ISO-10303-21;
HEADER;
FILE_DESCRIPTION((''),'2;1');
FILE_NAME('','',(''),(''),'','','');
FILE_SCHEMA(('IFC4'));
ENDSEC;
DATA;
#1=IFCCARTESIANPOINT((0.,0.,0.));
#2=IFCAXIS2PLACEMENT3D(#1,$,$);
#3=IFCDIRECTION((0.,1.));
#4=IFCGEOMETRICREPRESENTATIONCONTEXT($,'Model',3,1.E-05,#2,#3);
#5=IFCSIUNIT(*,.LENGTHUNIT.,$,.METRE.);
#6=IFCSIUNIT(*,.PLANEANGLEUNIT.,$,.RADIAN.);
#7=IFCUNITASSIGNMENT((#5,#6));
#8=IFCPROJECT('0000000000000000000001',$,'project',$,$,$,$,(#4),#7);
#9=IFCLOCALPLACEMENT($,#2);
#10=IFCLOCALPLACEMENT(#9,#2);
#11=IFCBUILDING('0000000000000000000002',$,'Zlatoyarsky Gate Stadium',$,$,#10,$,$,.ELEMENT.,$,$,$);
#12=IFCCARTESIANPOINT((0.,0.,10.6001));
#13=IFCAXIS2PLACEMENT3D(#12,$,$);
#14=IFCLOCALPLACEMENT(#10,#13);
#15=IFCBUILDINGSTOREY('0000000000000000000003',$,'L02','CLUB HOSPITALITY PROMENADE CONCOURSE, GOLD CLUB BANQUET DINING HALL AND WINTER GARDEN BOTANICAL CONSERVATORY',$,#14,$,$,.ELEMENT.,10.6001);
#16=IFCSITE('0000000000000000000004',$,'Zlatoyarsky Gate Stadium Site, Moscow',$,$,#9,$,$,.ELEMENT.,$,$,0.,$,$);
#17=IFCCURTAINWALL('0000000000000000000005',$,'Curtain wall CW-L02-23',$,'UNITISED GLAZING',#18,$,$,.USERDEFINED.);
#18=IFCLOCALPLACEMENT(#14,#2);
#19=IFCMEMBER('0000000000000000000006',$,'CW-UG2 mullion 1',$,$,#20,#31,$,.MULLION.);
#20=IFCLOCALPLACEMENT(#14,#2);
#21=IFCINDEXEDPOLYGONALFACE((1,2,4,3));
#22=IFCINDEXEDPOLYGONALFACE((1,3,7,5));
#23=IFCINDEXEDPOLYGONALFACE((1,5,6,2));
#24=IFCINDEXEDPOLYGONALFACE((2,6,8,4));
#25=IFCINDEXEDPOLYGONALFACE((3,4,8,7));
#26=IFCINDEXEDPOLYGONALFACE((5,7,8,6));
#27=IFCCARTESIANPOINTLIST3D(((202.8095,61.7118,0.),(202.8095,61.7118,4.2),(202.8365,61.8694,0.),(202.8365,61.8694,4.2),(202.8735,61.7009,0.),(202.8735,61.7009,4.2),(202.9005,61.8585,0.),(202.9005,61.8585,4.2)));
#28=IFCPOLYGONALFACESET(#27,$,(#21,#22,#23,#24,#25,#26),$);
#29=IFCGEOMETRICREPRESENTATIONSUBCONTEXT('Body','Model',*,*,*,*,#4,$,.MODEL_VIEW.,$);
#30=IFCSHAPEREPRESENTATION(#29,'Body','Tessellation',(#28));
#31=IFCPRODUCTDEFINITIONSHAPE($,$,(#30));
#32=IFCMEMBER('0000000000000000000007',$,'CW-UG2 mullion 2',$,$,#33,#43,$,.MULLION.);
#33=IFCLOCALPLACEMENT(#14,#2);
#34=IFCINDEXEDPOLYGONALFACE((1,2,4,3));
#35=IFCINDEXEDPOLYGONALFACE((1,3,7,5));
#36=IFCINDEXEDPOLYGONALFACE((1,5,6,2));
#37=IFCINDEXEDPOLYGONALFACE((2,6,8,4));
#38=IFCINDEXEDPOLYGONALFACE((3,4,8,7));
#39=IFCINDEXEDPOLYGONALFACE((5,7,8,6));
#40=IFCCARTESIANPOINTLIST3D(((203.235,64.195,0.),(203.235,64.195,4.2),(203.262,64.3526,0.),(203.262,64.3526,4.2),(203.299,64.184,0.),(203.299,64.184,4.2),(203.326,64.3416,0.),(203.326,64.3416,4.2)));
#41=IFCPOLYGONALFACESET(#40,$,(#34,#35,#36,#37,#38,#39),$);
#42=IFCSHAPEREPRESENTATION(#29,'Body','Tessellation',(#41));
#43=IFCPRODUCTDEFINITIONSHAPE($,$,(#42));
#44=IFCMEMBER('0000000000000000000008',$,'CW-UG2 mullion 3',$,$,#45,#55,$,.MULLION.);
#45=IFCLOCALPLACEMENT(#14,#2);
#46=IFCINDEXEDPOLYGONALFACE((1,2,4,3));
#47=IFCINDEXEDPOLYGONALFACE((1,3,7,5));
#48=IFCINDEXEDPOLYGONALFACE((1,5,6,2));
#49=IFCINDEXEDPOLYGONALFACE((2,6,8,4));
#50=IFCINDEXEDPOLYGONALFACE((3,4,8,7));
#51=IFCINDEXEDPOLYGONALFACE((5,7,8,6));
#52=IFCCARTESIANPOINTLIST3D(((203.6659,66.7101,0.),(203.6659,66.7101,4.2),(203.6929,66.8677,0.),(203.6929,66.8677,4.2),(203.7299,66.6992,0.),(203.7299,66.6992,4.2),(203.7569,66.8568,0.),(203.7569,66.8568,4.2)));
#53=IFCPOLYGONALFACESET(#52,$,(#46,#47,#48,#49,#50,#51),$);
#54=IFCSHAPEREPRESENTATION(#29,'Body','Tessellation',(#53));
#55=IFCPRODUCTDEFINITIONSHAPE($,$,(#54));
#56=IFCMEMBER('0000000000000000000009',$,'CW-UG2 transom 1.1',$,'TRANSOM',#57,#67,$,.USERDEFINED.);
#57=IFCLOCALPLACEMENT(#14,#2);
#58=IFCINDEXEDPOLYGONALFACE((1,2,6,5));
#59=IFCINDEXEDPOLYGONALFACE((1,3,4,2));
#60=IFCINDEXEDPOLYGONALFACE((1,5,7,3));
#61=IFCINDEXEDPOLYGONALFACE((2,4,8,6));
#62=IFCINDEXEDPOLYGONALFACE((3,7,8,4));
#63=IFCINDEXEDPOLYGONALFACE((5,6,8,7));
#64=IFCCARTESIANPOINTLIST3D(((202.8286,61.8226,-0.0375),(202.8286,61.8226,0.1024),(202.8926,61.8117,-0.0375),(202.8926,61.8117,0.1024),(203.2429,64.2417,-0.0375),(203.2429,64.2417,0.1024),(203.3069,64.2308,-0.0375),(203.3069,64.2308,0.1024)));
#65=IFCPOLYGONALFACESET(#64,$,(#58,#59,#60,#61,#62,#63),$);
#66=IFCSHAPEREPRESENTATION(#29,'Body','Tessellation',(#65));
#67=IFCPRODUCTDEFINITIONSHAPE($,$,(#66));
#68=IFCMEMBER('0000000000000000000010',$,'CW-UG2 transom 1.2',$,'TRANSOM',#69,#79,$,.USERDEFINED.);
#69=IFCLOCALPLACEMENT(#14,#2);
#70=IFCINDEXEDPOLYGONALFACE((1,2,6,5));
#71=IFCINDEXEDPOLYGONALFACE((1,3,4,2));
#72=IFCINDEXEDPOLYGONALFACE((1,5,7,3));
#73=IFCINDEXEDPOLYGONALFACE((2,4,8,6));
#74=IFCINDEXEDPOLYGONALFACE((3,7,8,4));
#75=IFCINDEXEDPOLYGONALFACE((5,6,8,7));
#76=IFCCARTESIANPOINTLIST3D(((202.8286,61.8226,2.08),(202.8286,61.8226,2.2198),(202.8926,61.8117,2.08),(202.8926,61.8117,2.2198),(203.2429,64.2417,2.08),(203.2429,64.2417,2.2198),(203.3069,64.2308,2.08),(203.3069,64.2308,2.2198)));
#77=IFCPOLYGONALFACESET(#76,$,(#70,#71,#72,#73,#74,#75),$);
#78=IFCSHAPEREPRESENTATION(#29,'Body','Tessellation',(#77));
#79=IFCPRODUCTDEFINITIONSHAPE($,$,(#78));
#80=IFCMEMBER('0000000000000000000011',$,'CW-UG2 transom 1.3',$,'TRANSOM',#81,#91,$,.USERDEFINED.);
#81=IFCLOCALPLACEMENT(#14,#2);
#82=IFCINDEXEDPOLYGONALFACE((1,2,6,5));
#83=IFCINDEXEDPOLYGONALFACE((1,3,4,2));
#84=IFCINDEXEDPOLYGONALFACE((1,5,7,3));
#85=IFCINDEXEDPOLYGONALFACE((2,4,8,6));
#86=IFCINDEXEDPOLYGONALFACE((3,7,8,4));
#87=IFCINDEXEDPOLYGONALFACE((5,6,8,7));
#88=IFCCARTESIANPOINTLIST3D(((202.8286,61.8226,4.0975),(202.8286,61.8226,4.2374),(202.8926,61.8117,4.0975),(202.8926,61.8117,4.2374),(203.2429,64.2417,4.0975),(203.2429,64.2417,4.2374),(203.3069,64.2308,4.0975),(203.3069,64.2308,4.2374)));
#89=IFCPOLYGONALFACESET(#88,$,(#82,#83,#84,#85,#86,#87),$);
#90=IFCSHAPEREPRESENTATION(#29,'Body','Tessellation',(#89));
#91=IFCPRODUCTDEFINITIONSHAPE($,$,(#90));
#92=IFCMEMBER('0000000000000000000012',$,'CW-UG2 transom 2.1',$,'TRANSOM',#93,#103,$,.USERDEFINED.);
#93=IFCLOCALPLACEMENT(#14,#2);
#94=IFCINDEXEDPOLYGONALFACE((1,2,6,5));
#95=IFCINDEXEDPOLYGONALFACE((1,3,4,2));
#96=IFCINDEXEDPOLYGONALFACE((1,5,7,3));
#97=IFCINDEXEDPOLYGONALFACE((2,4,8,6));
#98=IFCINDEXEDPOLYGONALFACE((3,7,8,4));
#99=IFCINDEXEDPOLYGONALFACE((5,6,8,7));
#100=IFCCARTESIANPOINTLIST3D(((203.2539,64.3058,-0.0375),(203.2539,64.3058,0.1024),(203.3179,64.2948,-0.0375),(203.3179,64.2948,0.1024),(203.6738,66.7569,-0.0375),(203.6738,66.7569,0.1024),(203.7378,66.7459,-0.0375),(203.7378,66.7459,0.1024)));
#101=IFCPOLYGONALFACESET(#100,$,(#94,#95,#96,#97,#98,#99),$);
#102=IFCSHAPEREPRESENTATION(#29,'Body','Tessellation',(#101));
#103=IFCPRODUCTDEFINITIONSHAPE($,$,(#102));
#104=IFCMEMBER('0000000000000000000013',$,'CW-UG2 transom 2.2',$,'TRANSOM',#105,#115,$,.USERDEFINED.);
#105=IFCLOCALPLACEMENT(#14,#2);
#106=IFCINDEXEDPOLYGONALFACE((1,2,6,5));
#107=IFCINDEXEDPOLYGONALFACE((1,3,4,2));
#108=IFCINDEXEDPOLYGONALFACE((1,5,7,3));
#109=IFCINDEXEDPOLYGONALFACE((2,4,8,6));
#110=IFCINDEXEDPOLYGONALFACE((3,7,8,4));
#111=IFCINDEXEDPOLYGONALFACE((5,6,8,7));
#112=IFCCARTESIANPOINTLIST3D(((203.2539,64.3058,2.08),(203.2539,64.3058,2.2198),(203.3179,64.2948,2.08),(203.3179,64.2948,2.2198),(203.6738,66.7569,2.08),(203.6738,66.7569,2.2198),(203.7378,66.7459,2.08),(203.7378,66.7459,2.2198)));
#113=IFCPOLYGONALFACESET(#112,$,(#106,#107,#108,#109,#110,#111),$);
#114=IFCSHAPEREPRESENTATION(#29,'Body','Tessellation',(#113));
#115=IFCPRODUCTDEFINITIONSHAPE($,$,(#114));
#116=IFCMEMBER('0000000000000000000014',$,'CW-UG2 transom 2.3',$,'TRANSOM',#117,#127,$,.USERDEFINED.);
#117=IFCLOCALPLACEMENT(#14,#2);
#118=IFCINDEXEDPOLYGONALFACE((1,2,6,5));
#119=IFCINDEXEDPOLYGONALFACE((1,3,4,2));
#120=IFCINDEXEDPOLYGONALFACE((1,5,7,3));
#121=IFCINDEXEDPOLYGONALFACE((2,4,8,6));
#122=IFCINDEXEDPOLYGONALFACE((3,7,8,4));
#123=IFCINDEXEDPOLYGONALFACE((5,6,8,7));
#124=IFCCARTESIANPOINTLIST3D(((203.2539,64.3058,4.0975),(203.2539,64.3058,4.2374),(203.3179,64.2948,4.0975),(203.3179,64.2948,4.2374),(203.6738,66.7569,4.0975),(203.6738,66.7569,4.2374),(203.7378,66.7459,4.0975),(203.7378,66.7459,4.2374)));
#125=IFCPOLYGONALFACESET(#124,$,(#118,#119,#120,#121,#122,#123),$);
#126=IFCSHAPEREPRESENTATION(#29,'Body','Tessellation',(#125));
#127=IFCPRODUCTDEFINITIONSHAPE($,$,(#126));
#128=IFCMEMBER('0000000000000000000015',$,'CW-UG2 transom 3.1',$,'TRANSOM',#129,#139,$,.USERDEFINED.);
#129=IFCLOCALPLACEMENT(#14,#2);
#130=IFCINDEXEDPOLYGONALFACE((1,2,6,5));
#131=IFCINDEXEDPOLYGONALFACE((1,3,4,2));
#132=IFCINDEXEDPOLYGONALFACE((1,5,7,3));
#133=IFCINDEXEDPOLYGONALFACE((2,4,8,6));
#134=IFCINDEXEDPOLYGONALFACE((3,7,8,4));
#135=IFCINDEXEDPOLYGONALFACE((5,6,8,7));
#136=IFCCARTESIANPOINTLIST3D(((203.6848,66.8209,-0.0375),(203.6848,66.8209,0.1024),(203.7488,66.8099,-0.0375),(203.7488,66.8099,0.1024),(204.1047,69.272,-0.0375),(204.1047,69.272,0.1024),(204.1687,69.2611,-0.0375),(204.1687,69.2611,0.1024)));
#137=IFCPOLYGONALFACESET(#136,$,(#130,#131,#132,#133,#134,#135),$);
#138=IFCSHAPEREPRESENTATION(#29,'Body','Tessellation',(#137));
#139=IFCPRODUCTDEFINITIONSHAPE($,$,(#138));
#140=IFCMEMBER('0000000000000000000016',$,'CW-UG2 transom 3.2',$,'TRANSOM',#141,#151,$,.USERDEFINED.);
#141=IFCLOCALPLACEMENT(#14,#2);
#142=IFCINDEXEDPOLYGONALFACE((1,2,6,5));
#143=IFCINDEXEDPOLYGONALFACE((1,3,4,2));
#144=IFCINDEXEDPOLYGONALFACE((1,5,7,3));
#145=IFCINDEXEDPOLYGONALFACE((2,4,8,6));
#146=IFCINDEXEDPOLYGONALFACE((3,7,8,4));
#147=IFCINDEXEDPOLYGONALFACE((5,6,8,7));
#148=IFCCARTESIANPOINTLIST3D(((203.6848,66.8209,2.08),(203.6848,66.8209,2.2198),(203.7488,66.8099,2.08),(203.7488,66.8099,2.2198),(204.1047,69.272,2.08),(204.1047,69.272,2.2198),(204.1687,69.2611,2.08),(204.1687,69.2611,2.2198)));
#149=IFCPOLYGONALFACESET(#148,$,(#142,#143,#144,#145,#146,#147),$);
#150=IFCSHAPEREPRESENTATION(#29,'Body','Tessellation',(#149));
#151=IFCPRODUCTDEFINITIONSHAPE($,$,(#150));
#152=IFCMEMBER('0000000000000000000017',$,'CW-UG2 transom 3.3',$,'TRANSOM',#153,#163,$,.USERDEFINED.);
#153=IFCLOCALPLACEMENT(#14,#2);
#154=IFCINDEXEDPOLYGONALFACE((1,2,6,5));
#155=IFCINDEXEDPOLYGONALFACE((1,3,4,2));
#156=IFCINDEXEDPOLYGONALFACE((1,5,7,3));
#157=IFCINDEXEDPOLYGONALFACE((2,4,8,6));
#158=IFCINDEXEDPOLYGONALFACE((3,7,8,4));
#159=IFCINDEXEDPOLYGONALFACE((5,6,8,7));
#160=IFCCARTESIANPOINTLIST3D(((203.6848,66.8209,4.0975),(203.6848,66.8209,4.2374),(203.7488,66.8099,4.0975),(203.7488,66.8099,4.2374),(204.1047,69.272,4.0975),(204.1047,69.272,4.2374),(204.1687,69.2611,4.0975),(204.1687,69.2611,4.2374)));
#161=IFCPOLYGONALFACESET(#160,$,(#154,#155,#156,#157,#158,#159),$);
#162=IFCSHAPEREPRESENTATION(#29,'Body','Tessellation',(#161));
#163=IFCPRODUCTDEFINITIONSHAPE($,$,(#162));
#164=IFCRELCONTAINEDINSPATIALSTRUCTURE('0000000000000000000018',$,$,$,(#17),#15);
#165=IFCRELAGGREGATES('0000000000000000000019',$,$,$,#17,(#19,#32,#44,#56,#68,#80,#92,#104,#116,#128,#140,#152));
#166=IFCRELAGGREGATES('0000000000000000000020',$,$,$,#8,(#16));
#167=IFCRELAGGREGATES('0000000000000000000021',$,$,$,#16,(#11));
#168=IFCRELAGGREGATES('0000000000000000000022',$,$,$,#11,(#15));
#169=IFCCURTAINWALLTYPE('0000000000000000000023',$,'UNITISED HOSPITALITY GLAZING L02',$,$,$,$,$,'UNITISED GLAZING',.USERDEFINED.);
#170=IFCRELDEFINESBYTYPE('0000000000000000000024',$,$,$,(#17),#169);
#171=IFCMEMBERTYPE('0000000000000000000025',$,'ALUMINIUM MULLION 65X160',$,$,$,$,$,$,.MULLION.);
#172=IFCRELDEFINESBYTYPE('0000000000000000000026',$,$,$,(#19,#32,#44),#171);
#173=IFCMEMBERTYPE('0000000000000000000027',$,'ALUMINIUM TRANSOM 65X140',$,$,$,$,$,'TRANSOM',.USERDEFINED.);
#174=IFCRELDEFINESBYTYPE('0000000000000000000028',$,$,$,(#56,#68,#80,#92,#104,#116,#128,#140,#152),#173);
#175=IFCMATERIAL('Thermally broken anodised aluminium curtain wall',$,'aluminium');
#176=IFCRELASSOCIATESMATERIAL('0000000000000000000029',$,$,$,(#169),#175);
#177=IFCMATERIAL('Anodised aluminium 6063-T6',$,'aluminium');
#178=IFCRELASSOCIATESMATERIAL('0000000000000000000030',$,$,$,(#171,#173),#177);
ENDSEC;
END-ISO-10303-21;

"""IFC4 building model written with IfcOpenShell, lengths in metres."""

from ifc_helpers import new_model, si_unit, direction, frame, origin, origin_2d, place, context, subcontext, project, spatial, rectangle, extrude, material, material_profile, profile_set, type_object, element, aggregate, save


model = new_model("IFC4")

# Units and contexts
model_context = context("Model", 3, precision=1e-05, world=origin(), true_north=direction((0.0, 1.0)))
body_context = subcontext(model_context, "Body", "Model", "MODEL_VIEW")
ifc_project = project(units=[si_unit("LENGTHUNIT", "METRE"), si_unit("PLANEANGLEUNIT", "RADIAN")], contexts=[model_context])

# Site, building, storey
site_placement = place(None, origin())
site = spatial("IfcSite", under=ifc_project, at=site_placement, Name="Zlatoyarsky Gate Stadium Site, Moscow", CompositionType="ELEMENT", RefElevation=0.0)
building_placement = place(site_placement, origin())
building = spatial("IfcBuilding", under=site, at=building_placement, Name="Zlatoyarsky Gate Stadium", CompositionType="ELEMENT")
storey_placement = place(building_placement, frame((0.0, 0.0, 10.6001)))
storey = spatial("IfcBuildingStorey", under=building, at=storey_placement, Name="L02", Description="CLUB HOSPITALITY PROMENADE CONCOURSE, GOLD CLUB BANQUET DINING HALL AND WINTER GARDEN BOTANICAL CONSERVATORY", CompositionType="ELEMENT", Elevation=10.6001)

# Curtain wall, members
ifc_material_1 = material(Name="Thermally broken anodised aluminium curtain wall", Category="aluminium")
curtain_wall_type = type_object("IfcCurtainWallType", Name="UNITISED HOSPITALITY GLAZING L02", ElementType="UNITISED GLAZING", PredefinedType="USERDEFINED", material=ifc_material_1)
curtain_wall_placement = place(storey_placement, origin())
curtain_wall = element("IfcCurtainWall", 1, at=curtain_wall_placement, inside=storey, type_object=curtain_wall_type, Name="Curtain wall CW-L02-23", ObjectType="UNITISED GLAZING", PredefinedType="USERDEFINED")
ifc_material_2 = material(Name="Anodised aluminium 6063-T6", Category="aluminium")
ifc_material_profile_1 = material_profile(ifc_material_2, rectangle(XDim=0.0649, YDim=0.1599, at=origin_2d()), Name="ALU 65X160")
ifc_profile_set_1 = profile_set([ifc_material_profile_1], Name="Anodised aluminium 6063-T6")
member_type_1 = type_object("IfcMemberType", Name="ALUMINIUM MULLION 65X160", PredefinedType="MULLION", material=ifc_profile_set_1)
member_1_placement = place(storey_placement, frame((202.855, 61.7852, 0.0), z_axis=(0.0, 0.0, 1.0), x_axis=(-0.985637, 0.168876, 0.0)))
member_1 = element("IfcMember", 2, at=member_1_placement, type_object=member_type_1, Name="CW-UG2 mullion 1", PredefinedType="MULLION", context=body_context, shape_type="SweptSolid", body=[
    extrude(rectangle(XDim=0.0649, YDim=0.1599, at=origin_2d()), origin(), (0.0, 0.0, 1.0), 4.2),
])
member_2_placement = place(storey_placement, frame((203.2805, 64.2683, 0.0), z_axis=(0.0, 0.0, 1.0), x_axis=(-0.985637, 0.168876, 0.0)))
member_2 = element("IfcMember", 3, at=member_2_placement, type_object=member_type_1, Name="CW-UG2 mullion 2", PredefinedType="MULLION", context=body_context, shape_type="SweptSolid", body=[
    extrude(rectangle(XDim=0.0649, YDim=0.1599, at=origin_2d()), origin(), (0.0, 0.0, 1.0), 4.2),
])
member_3_placement = place(storey_placement, frame((203.7114, 66.7834, 0.0), z_axis=(0.0, 0.0, 1.0), x_axis=(-0.985637, 0.168876, 0.0)))
member_3 = element("IfcMember", 4, at=member_3_placement, type_object=member_type_1, Name="CW-UG2 mullion 3", PredefinedType="MULLION", context=body_context, shape_type="SweptSolid", body=[
    extrude(rectangle(XDim=0.0649, YDim=0.1599, at=origin_2d()), origin(), (0.0, 0.0, 1.0), 4.2),
])
ifc_material_profile_2 = material_profile(ifc_material_2, rectangle(XDim=0.0649, YDim=0.1399, at=origin_2d()), Name="ALU 65X140")
ifc_profile_set_2 = profile_set([ifc_material_profile_2], Name="Anodised aluminium 6063-T6")
member_type_2 = type_object("IfcMemberType", Name="ALUMINIUM TRANSOM 65X140", ElementType="TRANSOM", PredefinedType="USERDEFINED", material=ifc_profile_set_2)
member_4_placement = place(storey_placement, frame((202.8606, 61.8171, 0.0325), z_axis=(0.168801, 0.98565, 0.0), x_axis=(-0.98565, 0.168801, 0.0)))
member_4 = element("IfcMember", 5, at=member_4_placement, type_object=member_type_2, Name="CW-UG2 transom 1.1", ObjectType="TRANSOM", PredefinedType="USERDEFINED", context=body_context, shape_type="SweptSolid", body=[
    extrude(rectangle(XDim=0.0649, YDim=0.1399, at=origin_2d()), origin(), (0.0, 0.0, 1.0), 2.4543),
])
member_5_placement = place(storey_placement, frame((202.8606, 61.8171, 2.1499), z_axis=(0.168801, 0.98565, 0.0), x_axis=(-0.98565, 0.168801, 0.0)))
member_5 = element("IfcMember", 6, at=member_5_placement, type_object=member_type_2, Name="CW-UG2 transom 1.2", ObjectType="TRANSOM", PredefinedType="USERDEFINED", context=body_context, shape_type="SweptSolid", body=[
    extrude(rectangle(XDim=0.0649, YDim=0.1399, at=origin_2d()), origin(), (0.0, 0.0, 1.0), 2.4543),
])
member_6_placement = place(storey_placement, frame((202.8606, 61.8171, 4.1675), z_axis=(0.168801, 0.98565, 0.0), x_axis=(-0.98565, 0.168801, 0.0)))
member_6 = element("IfcMember", 7, at=member_6_placement, type_object=member_type_2, Name="CW-UG2 transom 1.3", ObjectType="TRANSOM", PredefinedType="USERDEFINED", context=body_context, shape_type="SweptSolid", body=[
    extrude(rectangle(XDim=0.0649, YDim=0.1399, at=origin_2d()), origin(), (0.0, 0.0, 1.0), 2.4543),
])
member_7_placement = place(storey_placement, frame((203.2859, 64.3003, 0.0325), z_axis=(0.168855, 0.985641, 0.0), x_axis=(-0.985641, 0.168855, 0.0)))
member_7 = element("IfcMember", 8, at=member_7_placement, type_object=member_type_2, Name="CW-UG2 transom 2.1", ObjectType="TRANSOM", PredefinedType="USERDEFINED", context=body_context, shape_type="SweptSolid", body=[
    extrude(rectangle(XDim=0.0649, YDim=0.1399, at=origin_2d()), origin(), (0.0, 0.0, 1.0), 2.4868),
])
member_8_placement = place(storey_placement, frame((203.2859, 64.3003, 2.1499), z_axis=(0.168855, 0.985641, 0.0), x_axis=(-0.985641, 0.168855, 0.0)))
member_8 = element("IfcMember", 9, at=member_8_placement, type_object=member_type_2, Name="CW-UG2 transom 2.2", ObjectType="TRANSOM", PredefinedType="USERDEFINED", context=body_context, shape_type="SweptSolid", body=[
    extrude(rectangle(XDim=0.0649, YDim=0.1399, at=origin_2d()), origin(), (0.0, 0.0, 1.0), 2.4868),
])
member_9_placement = place(storey_placement, frame((203.2859, 64.3003, 4.1675), z_axis=(0.168855, 0.985641, 0.0), x_axis=(-0.985641, 0.168855, 0.0)))
member_9 = element("IfcMember", 10, at=member_9_placement, type_object=member_type_2, Name="CW-UG2 transom 2.3", ObjectType="TRANSOM", PredefinedType="USERDEFINED", context=body_context, shape_type="SweptSolid", body=[
    extrude(rectangle(XDim=0.0649, YDim=0.1399, at=origin_2d()), origin(), (0.0, 0.0, 1.0), 2.4868),
])
member_10_placement = place(storey_placement, frame((203.7168, 66.8154, 0.0325), z_axis=(0.168855, 0.985641, 0.0), x_axis=(-0.985641, 0.168855, 0.0)))
member_10 = element("IfcMember", 11, at=member_10_placement, type_object=member_type_2, Name="CW-UG2 transom 3.1", ObjectType="TRANSOM", PredefinedType="USERDEFINED", context=body_context, shape_type="SweptSolid", body=[
    extrude(rectangle(XDim=0.0649, YDim=0.1399, at=origin_2d()), origin(), (0.0, 0.0, 1.0), 2.4868),
])
member_11_placement = place(storey_placement, frame((203.7168, 66.8154, 2.1499), z_axis=(0.168855, 0.985641, 0.0), x_axis=(-0.985641, 0.168855, 0.0)))
member_11 = element("IfcMember", 12, at=member_11_placement, type_object=member_type_2, Name="CW-UG2 transom 3.2", ObjectType="TRANSOM", PredefinedType="USERDEFINED", context=body_context, shape_type="SweptSolid", body=[
    extrude(rectangle(XDim=0.0649, YDim=0.1399, at=origin_2d()), origin(), (0.0, 0.0, 1.0), 2.4868),
])
member_12_placement = place(storey_placement, frame((203.7168, 66.8154, 4.1675), z_axis=(0.168855, 0.985641, 0.0), x_axis=(-0.985641, 0.168855, 0.0)))
member_12 = element("IfcMember", 13, at=member_12_placement, type_object=member_type_2, Name="CW-UG2 transom 3.3", ObjectType="TRANSOM", PredefinedType="USERDEFINED", context=body_context, shape_type="SweptSolid", body=[
    extrude(rectangle(XDim=0.0649, YDim=0.1399, at=origin_2d()), origin(), (0.0, 0.0, 1.0), 2.4868),
])

aggregate(curtain_wall, [member_1, member_2, member_3, member_4, member_5, member_6, member_7, member_8, member_9, member_10, member_11, member_12])

save(model, "model.ifc")
